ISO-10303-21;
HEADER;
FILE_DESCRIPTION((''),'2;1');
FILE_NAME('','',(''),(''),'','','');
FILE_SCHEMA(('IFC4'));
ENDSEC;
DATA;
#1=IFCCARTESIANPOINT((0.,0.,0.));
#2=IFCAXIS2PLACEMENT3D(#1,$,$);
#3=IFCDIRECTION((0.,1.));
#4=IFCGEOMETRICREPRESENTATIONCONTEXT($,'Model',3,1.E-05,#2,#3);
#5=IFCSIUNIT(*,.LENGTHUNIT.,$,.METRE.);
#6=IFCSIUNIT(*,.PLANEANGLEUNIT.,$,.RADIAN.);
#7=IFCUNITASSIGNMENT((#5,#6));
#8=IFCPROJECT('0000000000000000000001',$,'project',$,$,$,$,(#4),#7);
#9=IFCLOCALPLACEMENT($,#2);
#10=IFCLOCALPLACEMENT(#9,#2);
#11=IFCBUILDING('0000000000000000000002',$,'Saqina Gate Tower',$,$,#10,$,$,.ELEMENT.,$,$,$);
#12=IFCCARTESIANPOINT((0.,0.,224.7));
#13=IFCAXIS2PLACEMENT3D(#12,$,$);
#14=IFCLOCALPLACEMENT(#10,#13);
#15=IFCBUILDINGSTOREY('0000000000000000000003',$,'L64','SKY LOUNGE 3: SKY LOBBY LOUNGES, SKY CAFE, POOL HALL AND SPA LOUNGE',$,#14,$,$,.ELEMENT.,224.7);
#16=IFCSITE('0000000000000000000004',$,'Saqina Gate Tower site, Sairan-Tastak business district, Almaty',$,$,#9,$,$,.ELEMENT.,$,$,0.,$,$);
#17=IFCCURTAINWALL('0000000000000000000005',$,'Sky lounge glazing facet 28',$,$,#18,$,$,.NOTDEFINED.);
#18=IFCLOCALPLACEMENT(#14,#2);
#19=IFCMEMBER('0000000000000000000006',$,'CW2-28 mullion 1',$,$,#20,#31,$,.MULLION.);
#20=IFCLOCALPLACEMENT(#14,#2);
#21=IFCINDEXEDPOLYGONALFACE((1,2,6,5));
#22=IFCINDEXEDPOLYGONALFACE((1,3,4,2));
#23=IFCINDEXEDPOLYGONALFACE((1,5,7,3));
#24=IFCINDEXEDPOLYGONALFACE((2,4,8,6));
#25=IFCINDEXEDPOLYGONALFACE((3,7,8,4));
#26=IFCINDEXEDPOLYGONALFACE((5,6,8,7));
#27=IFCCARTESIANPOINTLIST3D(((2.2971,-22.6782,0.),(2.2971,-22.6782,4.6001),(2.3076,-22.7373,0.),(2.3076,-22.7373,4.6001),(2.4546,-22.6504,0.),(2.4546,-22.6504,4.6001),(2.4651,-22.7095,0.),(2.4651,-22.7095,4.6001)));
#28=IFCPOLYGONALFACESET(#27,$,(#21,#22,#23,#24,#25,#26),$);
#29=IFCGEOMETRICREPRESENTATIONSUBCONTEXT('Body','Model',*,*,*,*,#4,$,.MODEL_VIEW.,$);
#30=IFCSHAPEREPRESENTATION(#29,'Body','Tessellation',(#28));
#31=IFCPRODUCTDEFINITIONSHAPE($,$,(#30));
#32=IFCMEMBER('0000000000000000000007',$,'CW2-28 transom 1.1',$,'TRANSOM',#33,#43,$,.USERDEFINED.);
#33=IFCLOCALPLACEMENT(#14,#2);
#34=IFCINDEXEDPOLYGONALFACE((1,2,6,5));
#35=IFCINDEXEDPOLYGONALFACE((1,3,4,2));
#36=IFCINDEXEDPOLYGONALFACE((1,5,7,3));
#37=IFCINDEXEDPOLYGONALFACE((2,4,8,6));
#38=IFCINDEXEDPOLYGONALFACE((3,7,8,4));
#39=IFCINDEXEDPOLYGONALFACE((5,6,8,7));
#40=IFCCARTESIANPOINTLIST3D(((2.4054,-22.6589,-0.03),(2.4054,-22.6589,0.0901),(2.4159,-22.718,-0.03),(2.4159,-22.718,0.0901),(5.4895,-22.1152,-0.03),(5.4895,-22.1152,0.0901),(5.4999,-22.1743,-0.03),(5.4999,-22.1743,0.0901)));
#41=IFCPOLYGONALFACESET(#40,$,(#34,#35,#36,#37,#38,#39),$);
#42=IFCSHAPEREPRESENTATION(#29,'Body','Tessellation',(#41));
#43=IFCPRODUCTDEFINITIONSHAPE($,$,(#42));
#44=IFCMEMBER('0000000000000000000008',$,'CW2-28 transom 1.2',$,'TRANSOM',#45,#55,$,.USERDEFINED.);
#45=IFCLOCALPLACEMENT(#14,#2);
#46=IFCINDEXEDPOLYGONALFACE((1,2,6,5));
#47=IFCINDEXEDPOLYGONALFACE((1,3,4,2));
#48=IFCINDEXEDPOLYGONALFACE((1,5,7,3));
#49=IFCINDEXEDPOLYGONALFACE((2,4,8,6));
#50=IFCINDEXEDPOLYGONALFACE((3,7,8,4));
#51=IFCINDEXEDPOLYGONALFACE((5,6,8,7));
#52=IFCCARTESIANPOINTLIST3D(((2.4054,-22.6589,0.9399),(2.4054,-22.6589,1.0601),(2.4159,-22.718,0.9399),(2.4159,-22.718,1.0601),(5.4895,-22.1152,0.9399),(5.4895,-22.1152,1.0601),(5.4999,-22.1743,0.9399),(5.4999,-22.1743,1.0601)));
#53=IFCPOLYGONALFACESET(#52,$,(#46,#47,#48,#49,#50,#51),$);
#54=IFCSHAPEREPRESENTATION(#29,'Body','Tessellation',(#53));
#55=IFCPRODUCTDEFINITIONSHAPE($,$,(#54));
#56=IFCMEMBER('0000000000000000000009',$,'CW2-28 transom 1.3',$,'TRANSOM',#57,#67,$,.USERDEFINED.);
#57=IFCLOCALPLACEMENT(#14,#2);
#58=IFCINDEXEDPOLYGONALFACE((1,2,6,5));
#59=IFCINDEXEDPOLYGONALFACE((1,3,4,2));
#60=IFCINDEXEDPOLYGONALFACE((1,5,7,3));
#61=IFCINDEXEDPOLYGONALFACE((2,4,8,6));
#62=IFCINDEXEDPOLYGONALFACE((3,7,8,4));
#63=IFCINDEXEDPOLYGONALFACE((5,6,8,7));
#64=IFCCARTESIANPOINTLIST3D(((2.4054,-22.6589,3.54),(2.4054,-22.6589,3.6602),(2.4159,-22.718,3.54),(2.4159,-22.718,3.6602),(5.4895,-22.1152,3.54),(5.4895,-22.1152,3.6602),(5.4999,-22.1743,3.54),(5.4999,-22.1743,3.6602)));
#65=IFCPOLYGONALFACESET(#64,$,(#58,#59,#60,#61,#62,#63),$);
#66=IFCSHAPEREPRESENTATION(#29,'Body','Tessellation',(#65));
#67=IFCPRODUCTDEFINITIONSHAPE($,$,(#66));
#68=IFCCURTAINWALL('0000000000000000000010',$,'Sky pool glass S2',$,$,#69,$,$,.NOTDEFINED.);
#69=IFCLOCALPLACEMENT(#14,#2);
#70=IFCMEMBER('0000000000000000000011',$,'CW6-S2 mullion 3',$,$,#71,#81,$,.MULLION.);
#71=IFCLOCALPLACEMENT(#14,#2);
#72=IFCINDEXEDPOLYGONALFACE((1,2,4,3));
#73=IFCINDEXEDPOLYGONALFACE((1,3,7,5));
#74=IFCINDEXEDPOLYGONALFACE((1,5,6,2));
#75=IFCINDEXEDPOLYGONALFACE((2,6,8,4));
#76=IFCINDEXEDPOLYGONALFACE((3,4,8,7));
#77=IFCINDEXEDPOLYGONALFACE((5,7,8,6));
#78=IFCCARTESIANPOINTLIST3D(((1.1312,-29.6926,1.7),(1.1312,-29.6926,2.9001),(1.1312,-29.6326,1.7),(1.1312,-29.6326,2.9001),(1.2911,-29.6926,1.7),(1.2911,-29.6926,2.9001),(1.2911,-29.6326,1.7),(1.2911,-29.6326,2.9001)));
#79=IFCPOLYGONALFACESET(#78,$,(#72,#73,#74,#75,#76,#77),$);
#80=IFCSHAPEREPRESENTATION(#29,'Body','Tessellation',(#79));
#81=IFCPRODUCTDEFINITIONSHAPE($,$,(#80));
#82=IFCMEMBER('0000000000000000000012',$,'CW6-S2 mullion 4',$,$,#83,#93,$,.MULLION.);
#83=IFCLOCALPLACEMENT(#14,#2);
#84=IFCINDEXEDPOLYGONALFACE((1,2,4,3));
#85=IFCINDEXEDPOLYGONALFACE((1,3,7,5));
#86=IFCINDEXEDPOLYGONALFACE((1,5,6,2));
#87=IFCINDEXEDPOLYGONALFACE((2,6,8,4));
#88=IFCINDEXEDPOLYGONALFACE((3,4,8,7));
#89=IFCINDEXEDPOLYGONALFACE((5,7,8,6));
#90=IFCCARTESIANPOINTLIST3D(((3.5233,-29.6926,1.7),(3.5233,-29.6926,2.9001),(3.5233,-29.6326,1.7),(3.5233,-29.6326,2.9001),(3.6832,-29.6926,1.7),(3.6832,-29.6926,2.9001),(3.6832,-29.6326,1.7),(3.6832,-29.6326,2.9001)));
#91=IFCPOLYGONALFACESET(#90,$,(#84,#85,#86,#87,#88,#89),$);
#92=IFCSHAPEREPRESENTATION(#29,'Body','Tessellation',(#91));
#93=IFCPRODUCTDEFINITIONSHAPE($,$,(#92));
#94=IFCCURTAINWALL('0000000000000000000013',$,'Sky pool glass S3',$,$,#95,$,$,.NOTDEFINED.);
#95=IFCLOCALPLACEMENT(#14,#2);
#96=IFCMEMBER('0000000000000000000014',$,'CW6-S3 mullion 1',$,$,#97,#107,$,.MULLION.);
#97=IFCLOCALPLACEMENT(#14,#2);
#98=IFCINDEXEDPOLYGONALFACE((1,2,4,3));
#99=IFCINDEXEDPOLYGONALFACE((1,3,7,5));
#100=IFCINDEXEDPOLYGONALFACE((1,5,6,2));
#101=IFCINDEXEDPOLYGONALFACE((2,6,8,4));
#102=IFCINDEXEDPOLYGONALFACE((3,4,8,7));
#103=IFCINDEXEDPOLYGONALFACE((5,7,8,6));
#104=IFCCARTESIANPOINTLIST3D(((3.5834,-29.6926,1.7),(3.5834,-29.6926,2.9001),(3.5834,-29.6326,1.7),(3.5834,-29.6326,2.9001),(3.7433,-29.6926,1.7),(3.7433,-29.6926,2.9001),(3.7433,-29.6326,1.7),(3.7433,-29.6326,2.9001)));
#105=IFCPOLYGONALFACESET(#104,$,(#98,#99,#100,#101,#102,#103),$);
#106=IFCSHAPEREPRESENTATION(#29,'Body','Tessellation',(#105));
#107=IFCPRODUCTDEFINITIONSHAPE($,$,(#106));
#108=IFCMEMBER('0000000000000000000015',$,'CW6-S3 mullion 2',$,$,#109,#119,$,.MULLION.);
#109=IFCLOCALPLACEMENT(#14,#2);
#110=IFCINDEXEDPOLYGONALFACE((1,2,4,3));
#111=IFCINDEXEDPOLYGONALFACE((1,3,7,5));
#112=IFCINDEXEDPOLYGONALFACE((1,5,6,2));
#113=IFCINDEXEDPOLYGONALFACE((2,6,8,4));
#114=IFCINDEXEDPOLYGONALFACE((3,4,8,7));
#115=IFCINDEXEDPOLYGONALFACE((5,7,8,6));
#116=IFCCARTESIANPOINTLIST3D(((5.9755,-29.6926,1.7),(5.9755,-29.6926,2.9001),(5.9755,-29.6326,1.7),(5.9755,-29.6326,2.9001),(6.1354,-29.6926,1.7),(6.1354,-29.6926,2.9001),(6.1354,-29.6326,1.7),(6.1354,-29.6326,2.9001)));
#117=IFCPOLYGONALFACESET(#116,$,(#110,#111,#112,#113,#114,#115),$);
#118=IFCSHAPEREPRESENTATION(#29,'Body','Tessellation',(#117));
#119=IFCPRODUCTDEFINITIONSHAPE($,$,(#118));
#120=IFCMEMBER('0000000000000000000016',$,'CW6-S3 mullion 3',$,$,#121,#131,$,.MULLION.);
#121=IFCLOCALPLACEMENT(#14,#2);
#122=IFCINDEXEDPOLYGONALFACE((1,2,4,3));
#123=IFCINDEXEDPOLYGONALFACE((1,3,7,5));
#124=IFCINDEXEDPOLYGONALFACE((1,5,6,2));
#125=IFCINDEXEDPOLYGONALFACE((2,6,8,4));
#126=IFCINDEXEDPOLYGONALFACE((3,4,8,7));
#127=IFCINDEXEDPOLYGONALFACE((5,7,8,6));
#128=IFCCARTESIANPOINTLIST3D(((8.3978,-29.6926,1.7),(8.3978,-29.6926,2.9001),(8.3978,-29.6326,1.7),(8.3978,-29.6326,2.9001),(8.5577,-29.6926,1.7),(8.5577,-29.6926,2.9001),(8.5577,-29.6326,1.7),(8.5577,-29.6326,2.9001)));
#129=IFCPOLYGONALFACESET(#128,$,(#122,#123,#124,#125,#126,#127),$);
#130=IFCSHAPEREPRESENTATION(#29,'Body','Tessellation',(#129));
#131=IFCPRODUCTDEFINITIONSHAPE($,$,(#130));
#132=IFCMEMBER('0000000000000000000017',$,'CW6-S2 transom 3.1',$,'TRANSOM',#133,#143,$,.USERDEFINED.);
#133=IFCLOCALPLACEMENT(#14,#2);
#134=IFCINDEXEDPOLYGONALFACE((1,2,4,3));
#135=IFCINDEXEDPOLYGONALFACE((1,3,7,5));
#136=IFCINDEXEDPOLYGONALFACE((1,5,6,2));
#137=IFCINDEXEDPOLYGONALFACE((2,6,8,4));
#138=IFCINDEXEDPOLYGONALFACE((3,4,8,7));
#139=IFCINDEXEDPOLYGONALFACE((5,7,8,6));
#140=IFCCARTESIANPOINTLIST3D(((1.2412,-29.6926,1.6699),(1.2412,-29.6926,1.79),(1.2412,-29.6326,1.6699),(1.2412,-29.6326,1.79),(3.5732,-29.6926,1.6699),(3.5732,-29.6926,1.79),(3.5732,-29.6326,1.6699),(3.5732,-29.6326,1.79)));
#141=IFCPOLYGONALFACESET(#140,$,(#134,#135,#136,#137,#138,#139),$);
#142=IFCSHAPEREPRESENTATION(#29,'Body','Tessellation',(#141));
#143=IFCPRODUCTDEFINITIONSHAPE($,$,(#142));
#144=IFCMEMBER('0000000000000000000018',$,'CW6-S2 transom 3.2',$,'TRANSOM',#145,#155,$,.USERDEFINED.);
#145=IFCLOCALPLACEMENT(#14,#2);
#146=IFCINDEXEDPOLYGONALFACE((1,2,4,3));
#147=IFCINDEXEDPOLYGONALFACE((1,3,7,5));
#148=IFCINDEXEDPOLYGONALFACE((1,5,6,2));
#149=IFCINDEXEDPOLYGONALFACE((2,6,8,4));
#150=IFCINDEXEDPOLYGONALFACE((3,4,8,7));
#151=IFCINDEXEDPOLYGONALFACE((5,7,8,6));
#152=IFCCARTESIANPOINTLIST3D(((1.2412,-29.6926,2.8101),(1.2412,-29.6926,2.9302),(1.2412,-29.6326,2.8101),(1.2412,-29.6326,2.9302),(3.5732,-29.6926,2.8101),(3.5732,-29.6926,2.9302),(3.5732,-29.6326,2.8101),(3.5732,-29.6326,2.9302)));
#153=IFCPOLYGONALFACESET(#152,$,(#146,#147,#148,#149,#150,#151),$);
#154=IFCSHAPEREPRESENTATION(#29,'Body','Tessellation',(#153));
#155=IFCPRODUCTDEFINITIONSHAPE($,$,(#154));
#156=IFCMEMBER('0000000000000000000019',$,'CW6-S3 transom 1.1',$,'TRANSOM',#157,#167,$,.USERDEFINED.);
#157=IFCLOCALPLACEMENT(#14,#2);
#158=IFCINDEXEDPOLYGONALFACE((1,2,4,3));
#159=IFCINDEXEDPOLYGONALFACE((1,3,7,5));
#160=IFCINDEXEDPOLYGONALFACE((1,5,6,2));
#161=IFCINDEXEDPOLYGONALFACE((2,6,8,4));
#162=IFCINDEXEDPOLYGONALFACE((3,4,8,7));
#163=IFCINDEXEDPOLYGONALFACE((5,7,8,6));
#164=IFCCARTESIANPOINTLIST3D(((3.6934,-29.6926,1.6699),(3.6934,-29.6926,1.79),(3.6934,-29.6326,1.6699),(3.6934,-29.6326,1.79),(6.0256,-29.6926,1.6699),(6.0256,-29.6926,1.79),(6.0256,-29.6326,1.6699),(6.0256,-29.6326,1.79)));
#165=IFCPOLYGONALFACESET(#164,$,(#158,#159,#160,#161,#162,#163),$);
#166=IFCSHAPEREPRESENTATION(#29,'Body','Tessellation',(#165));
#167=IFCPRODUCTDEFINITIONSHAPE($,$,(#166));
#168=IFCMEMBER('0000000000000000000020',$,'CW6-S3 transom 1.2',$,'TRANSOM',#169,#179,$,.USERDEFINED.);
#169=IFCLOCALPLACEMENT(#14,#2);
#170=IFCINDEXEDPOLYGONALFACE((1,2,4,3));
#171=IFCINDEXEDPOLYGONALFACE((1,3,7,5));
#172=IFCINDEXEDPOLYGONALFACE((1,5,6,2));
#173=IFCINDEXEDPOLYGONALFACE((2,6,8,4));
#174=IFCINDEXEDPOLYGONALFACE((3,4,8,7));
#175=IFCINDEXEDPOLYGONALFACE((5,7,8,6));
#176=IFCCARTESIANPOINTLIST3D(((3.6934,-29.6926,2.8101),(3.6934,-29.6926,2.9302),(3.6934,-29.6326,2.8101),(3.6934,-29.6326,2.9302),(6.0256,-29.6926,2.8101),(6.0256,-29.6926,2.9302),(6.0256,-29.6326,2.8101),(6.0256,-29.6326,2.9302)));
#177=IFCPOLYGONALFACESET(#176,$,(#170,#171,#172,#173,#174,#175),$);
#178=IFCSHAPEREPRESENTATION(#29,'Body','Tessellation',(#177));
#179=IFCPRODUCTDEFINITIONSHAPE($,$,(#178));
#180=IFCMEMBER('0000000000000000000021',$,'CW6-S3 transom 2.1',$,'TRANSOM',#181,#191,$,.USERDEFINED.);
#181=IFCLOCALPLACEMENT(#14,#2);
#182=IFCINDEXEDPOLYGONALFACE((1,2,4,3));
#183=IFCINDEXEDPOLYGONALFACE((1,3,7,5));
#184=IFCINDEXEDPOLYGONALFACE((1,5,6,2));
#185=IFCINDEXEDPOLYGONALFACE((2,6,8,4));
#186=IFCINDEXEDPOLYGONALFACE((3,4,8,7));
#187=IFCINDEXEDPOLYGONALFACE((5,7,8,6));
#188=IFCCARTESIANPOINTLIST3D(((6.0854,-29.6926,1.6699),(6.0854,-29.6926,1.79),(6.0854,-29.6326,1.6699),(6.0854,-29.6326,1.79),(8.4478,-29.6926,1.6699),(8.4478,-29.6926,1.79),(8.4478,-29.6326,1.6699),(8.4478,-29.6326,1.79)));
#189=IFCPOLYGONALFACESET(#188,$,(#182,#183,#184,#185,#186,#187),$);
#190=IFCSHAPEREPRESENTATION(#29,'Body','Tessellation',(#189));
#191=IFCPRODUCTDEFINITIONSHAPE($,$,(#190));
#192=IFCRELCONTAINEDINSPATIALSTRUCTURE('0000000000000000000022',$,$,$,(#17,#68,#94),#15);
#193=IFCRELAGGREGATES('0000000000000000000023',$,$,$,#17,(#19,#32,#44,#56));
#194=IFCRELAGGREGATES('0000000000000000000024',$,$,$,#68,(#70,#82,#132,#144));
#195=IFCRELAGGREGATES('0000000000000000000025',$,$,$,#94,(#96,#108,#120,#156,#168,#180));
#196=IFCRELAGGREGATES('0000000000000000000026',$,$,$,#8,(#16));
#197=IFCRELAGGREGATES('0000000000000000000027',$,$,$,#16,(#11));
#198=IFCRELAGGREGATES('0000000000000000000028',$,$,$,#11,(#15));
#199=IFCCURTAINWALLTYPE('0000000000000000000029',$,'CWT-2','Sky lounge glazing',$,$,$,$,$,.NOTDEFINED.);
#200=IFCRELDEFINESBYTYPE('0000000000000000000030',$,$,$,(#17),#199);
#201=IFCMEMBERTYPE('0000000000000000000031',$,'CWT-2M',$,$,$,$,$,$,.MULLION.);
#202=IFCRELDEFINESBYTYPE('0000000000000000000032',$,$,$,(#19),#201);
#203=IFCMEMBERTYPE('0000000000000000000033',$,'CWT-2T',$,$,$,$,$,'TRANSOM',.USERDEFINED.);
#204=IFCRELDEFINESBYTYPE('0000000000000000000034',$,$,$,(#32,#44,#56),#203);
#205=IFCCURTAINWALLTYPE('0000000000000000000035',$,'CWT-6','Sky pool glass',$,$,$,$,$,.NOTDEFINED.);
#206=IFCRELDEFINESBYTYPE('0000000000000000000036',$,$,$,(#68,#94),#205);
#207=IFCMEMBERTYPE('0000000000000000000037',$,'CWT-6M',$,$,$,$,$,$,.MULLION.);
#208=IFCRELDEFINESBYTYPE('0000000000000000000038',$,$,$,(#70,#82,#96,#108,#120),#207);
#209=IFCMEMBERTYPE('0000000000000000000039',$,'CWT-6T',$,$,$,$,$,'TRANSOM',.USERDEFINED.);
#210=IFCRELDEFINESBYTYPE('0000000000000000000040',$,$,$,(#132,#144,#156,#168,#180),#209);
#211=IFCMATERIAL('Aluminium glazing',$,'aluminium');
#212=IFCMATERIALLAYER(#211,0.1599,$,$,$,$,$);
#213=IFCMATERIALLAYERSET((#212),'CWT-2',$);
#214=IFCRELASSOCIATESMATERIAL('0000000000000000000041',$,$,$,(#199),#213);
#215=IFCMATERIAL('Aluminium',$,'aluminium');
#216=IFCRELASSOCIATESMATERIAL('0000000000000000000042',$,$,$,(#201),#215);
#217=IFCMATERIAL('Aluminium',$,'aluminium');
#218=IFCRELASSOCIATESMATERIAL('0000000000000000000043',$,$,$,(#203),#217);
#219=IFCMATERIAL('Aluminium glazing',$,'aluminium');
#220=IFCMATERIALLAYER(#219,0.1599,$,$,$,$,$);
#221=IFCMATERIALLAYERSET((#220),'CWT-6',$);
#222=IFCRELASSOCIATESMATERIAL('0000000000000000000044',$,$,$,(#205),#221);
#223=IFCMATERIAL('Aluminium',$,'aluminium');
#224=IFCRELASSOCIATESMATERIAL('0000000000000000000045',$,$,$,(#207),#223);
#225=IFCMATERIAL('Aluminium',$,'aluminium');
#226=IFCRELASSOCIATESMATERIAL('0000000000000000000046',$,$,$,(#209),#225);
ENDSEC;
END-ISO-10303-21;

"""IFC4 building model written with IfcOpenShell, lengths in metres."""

from ifc_helpers import new_model, si_unit, direction, frame, origin, origin_2d, place, context, subcontext, project, spatial, rectangle, extrude, material, layer, layer_set, material_profile, profile_set, type_object, element, aggregate, save


model = new_model("IFC4")

# Units and contexts
model_context = context("Model", 3, precision=1e-05, world=origin(), true_north=direction((0.0, 1.0)))
body_context = subcontext(model_context, "Body", "Model", "MODEL_VIEW")
ifc_project = project(units=[si_unit("LENGTHUNIT", "METRE"), si_unit("PLANEANGLEUNIT", "RADIAN")], contexts=[model_context])

# Site, building, storey
site_placement = place(None, origin())
site = spatial("IfcSite", under=ifc_project, at=site_placement, Name="Saqina Gate Tower site, Sairan-Tastak business district, Almaty", CompositionType="ELEMENT", RefElevation=0.0)
building_placement = place(site_placement, origin())
building = spatial("IfcBuilding", under=site, at=building_placement, Name="Saqina Gate Tower", CompositionType="ELEMENT")
storey_placement = place(building_placement, frame((0.0, 0.0, 224.7)))
storey = spatial("IfcBuildingStorey", under=building, at=storey_placement, Name="L64", Description="SKY LOUNGE 3: SKY LOBBY LOUNGES, SKY CAFE, POOL HALL AND SPA LOUNGE", CompositionType="ELEMENT", Elevation=224.7)

# Curtain walls, members
ifc_material_1 = material(Name="Aluminium glazing", Category="aluminium")
ifc_layer_1 = layer(ifc_material_1, 0.1599)
ifc_layer_set_1 = layer_set([ifc_layer_1], Name="CWT-2")
curtain_wall_type_1 = type_object("IfcCurtainWallType", Name="CWT-2", Description="Sky lounge glazing", PredefinedType="NOTDEFINED", material=ifc_layer_set_1)
curtain_wall_1_placement = place(storey_placement, origin())
curtain_wall_1 = element("IfcCurtainWall", 1, at=curtain_wall_1_placement, inside=storey, type_object=curtain_wall_type_1, Name="Sky lounge glazing facet 28", PredefinedType="NOTDEFINED")
ifc_material_2 = material(Name="Aluminium", Category="aluminium")
ifc_material_profile_1 = material_profile(ifc_material_2, rectangle(XDim=0.0601, YDim=0.1599, at=origin_2d()), Name="Aluminium 60x160")
ifc_profile_set_1 = profile_set([ifc_material_profile_1], Name="Aluminium")
member_type_1 = type_object("IfcMemberType", Name="CWT-2M", PredefinedType="MULLION", material=ifc_profile_set_1)
member_1_placement = place(storey_placement, frame((2.3811, -22.6938, 0.0), z_axis=(0.0, 0.0, 1.0), x_axis=(-0.173663, 0.984805, 0.0)))
member_1 = element("IfcMember", 2, at=member_1_placement, type_object=member_type_1, Name="CW2-28 mullion 1", PredefinedType="MULLION", context=body_context, shape_type="SweptSolid", body=[
    extrude(rectangle(XDim=0.0601, YDim=0.1599, at=origin_2d()), origin(), (0.0, 0.0, 1.0), 4.6001),
])
ifc_material_3 = material(Name="Aluminium", Category="aluminium")
ifc_material_profile_2 = material_profile(ifc_material_3, rectangle(XDim=0.0601, YDim=0.1201, at=origin_2d()), Name="Aluminium 60x120")
ifc_profile_set_2 = profile_set([ifc_material_profile_2], Name="Aluminium")
member_type_2 = type_object("IfcMemberType", Name="CWT-2T", ElementType="TRANSOM", PredefinedType="USERDEFINED", material=ifc_profile_set_2)
member_2_placement = place(storey_placement, frame((2.4106, -22.6885, 0.03), z_axis=(0.984813, 0.173621, 0.0), x_axis=(-0.173621, 0.984813, 0.0)))
member_2 = element("IfcMember", 3, at=member_2_placement, type_object=member_type_2, Name="CW2-28 transom 1.1", ObjectType="TRANSOM", PredefinedType="USERDEFINED", context=body_context, shape_type="SweptSolid", body=[
    extrude(rectangle(XDim=0.0601, YDim=0.1201, at=origin_2d()), origin(), (0.0, 0.0, 1.0), 3.1316),
])
member_3_placement = place(storey_placement, frame((2.4106, -22.6885, 1.0), z_axis=(0.984813, 0.173621, 0.0), x_axis=(-0.173621, 0.984813, 0.0)))
member_3 = element("IfcMember", 4, at=member_3_placement, type_object=member_type_2, Name="CW2-28 transom 1.2", ObjectType="TRANSOM", PredefinedType="USERDEFINED", context=body_context, shape_type="SweptSolid", body=[
    extrude(rectangle(XDim=0.0601, YDim=0.1201, at=origin_2d()), origin(), (0.0, 0.0, 1.0), 3.1316),
])
member_4_placement = place(storey_placement, frame((2.4106, -22.6885, 3.6001), z_axis=(0.984813, 0.173621, 0.0), x_axis=(-0.173621, 0.984813, 0.0)))
member_4 = element("IfcMember", 5, at=member_4_placement, type_object=member_type_2, Name="CW2-28 transom 1.3", ObjectType="TRANSOM", PredefinedType="USERDEFINED", context=body_context, shape_type="SweptSolid", body=[
    extrude(rectangle(XDim=0.0601, YDim=0.1201, at=origin_2d()), origin(), (0.0, 0.0, 1.0), 3.1316),
])
aggregate(curtain_wall_1, [member_1, member_2, member_3, member_4])
ifc_material_4 = material(Name="Aluminium glazing", Category="aluminium")
ifc_layer_2 = layer(ifc_material_4, 0.1599)
ifc_layer_set_2 = layer_set([ifc_layer_2], Name="CWT-6")
curtain_wall_type_2 = type_object("IfcCurtainWallType", Name="CWT-6", Description="Sky pool glass", PredefinedType="NOTDEFINED", material=ifc_layer_set_2)
curtain_wall_2_placement = place(storey_placement, origin())
curtain_wall_2 = element("IfcCurtainWall", 6, at=curtain_wall_2_placement, inside=storey, type_object=curtain_wall_type_2, Name="Sky pool glass S2", PredefinedType="NOTDEFINED")
ifc_material_5 = material(Name="Aluminium", Category="aluminium")
ifc_material_profile_3 = material_profile(ifc_material_5, rectangle(XDim=0.0601, YDim=0.1599, at=origin_2d()), Name="Aluminium 60x160")
ifc_profile_set_3 = profile_set([ifc_material_profile_3], Name="Aluminium")
member_type_3 = type_object("IfcMemberType", Name="CWT-6M", PredefinedType="MULLION", material=ifc_profile_set_3)
member_5_placement = place(storey_placement, frame((1.2112, -29.6626, 1.7), z_axis=(0.0, 0.0, 1.0), x_axis=(0.0, 1.0, 0.0)))
member_5 = element("IfcMember", 7, at=member_5_placement, type_object=member_type_3, Name="CW6-S2 mullion 3", PredefinedType="MULLION", context=body_context, shape_type="SweptSolid", body=[
    extrude(rectangle(XDim=0.0601, YDim=0.1599, at=origin_2d()), origin(), (0.0, 0.0, 1.0), 1.2002),
])
member_6_placement = place(storey_placement, frame((3.6033, -29.6626, 1.7), z_axis=(0.0, 0.0, 1.0), x_axis=(0.0, 1.0, 0.0)))
member_6 = element("IfcMember", 8, at=member_6_placement, type_object=member_type_3, Name="CW6-S2 mullion 4", PredefinedType="MULLION", context=body_context, shape_type="SweptSolid", body=[
    extrude(rectangle(XDim=0.0601, YDim=0.1599, at=origin_2d()), origin(), (0.0, 0.0, 1.0), 1.2002),
])
curtain_wall_3_placement = place(storey_placement, origin())
curtain_wall_3 = element("IfcCurtainWall", 9, at=curtain_wall_3_placement, inside=storey, type_object=curtain_wall_type_2, Name="Sky pool glass S3", PredefinedType="NOTDEFINED")
member_7_placement = place(storey_placement, frame((3.6633, -29.6626, 1.7), z_axis=(0.0, 0.0, 1.0), x_axis=(0.0, 1.0, 0.0)))
member_7 = element("IfcMember", 10, at=member_7_placement, type_object=member_type_3, Name="CW6-S3 mullion 1", PredefinedType="MULLION", context=body_context, shape_type="SweptSolid", body=[
    extrude(rectangle(XDim=0.0601, YDim=0.1599, at=origin_2d()), origin(), (0.0, 0.0, 1.0), 1.2002),
])
member_8_placement = place(storey_placement, frame((6.0554, -29.6626, 1.7), z_axis=(0.0, 0.0, 1.0), x_axis=(0.0, 1.0, 0.0)))
member_8 = element("IfcMember", 11, at=member_8_placement, type_object=member_type_3, Name="CW6-S3 mullion 2", PredefinedType="MULLION", context=body_context, shape_type="SweptSolid", body=[
    extrude(rectangle(XDim=0.0601, YDim=0.1599, at=origin_2d()), origin(), (0.0, 0.0, 1.0), 1.2002),
])
member_9_placement = place(storey_placement, frame((8.4778, -29.6626, 1.7), z_axis=(0.0, 0.0, 1.0), x_axis=(0.0, 1.0, 0.0)))
member_9 = element("IfcMember", 12, at=member_9_placement, type_object=member_type_3, Name="CW6-S3 mullion 3", PredefinedType="MULLION", context=body_context, shape_type="SweptSolid", body=[
    extrude(rectangle(XDim=0.0601, YDim=0.1599, at=origin_2d()), origin(), (0.0, 0.0, 1.0), 1.2002),
])

# Members
ifc_material_6 = material(Name="Aluminium", Category="aluminium")
ifc_material_profile_4 = material_profile(ifc_material_6, rectangle(XDim=0.0601, YDim=0.1201, at=origin_2d()), Name="Aluminium 60x120")
ifc_profile_set_4 = profile_set([ifc_material_profile_4], Name="Aluminium")
member_type_4 = type_object("IfcMemberType", Name="CWT-6T", ElementType="TRANSOM", PredefinedType="USERDEFINED", material=ifc_profile_set_4)
member_10_placement = place(storey_placement, frame((1.2412, -29.6626, 1.73), z_axis=(1.0, 0.0, 0.0), x_axis=(0.0, 1.0, 0.0)))
member_10 = element("IfcMember", 13, at=member_10_placement, type_object=member_type_4, Name="CW6-S2 transom 3.1", ObjectType="TRANSOM", PredefinedType="USERDEFINED", context=body_context, shape_type="SweptSolid", body=[
    extrude(rectangle(XDim=0.0601, YDim=0.1201, at=origin_2d()), origin(), (0.0, 0.0, 1.0), 2.332),
])
member_11_placement = place(storey_placement, frame((1.2412, -29.6626, 2.8701), z_axis=(1.0, 0.0, 0.0), x_axis=(0.0, 1.0, 0.0)))
member_11 = element("IfcMember", 14, at=member_11_placement, type_object=member_type_4, Name="CW6-S2 transom 3.2", ObjectType="TRANSOM", PredefinedType="USERDEFINED", context=body_context, shape_type="SweptSolid", body=[
    extrude(rectangle(XDim=0.0601, YDim=0.1201, at=origin_2d()), origin(), (0.0, 0.0, 1.0), 2.332),
])
member_12_placement = place(storey_placement, frame((3.6934, -29.6626, 1.73), z_axis=(1.0, 0.0, 0.0), x_axis=(0.0, 1.0, 0.0)))
member_12 = element("IfcMember", 15, at=member_12_placement, type_object=member_type_4, Name="CW6-S3 transom 1.1", ObjectType="TRANSOM", PredefinedType="USERDEFINED", context=body_context, shape_type="SweptSolid", body=[
    extrude(rectangle(XDim=0.0601, YDim=0.1201, at=origin_2d()), origin(), (0.0, 0.0, 1.0), 2.3323),
])
member_13_placement = place(storey_placement, frame((3.6934, -29.6626, 2.8701), z_axis=(1.0, 0.0, 0.0), x_axis=(0.0, 1.0, 0.0)))
member_13 = element("IfcMember", 16, at=member_13_placement, type_object=member_type_4, Name="CW6-S3 transom 1.2", ObjectType="TRANSOM", PredefinedType="USERDEFINED", context=body_context, shape_type="SweptSolid", body=[
    extrude(rectangle(XDim=0.0601, YDim=0.1201, at=origin_2d()), origin(), (0.0, 0.0, 1.0), 2.3323),
])
member_14_placement = place(storey_placement, frame((6.0854, -29.6626, 1.73), z_axis=(1.0, 0.0, 0.0), x_axis=(0.0, 1.0, 0.0)))
member_14 = element("IfcMember", 17, at=member_14_placement, type_object=member_type_4, Name="CW6-S3 transom 2.1", ObjectType="TRANSOM", PredefinedType="USERDEFINED", context=body_context, shape_type="SweptSolid", body=[
    extrude(rectangle(XDim=0.0601, YDim=0.1201, at=origin_2d()), origin(), (0.0, 0.0, 1.0), 2.3623),
])

aggregate(curtain_wall_2, [member_5, member_6, member_10, member_11])
aggregate(curtain_wall_3, [member_7, member_8, member_9, member_12, member_13, member_14])

save(model, "model.ifc")
